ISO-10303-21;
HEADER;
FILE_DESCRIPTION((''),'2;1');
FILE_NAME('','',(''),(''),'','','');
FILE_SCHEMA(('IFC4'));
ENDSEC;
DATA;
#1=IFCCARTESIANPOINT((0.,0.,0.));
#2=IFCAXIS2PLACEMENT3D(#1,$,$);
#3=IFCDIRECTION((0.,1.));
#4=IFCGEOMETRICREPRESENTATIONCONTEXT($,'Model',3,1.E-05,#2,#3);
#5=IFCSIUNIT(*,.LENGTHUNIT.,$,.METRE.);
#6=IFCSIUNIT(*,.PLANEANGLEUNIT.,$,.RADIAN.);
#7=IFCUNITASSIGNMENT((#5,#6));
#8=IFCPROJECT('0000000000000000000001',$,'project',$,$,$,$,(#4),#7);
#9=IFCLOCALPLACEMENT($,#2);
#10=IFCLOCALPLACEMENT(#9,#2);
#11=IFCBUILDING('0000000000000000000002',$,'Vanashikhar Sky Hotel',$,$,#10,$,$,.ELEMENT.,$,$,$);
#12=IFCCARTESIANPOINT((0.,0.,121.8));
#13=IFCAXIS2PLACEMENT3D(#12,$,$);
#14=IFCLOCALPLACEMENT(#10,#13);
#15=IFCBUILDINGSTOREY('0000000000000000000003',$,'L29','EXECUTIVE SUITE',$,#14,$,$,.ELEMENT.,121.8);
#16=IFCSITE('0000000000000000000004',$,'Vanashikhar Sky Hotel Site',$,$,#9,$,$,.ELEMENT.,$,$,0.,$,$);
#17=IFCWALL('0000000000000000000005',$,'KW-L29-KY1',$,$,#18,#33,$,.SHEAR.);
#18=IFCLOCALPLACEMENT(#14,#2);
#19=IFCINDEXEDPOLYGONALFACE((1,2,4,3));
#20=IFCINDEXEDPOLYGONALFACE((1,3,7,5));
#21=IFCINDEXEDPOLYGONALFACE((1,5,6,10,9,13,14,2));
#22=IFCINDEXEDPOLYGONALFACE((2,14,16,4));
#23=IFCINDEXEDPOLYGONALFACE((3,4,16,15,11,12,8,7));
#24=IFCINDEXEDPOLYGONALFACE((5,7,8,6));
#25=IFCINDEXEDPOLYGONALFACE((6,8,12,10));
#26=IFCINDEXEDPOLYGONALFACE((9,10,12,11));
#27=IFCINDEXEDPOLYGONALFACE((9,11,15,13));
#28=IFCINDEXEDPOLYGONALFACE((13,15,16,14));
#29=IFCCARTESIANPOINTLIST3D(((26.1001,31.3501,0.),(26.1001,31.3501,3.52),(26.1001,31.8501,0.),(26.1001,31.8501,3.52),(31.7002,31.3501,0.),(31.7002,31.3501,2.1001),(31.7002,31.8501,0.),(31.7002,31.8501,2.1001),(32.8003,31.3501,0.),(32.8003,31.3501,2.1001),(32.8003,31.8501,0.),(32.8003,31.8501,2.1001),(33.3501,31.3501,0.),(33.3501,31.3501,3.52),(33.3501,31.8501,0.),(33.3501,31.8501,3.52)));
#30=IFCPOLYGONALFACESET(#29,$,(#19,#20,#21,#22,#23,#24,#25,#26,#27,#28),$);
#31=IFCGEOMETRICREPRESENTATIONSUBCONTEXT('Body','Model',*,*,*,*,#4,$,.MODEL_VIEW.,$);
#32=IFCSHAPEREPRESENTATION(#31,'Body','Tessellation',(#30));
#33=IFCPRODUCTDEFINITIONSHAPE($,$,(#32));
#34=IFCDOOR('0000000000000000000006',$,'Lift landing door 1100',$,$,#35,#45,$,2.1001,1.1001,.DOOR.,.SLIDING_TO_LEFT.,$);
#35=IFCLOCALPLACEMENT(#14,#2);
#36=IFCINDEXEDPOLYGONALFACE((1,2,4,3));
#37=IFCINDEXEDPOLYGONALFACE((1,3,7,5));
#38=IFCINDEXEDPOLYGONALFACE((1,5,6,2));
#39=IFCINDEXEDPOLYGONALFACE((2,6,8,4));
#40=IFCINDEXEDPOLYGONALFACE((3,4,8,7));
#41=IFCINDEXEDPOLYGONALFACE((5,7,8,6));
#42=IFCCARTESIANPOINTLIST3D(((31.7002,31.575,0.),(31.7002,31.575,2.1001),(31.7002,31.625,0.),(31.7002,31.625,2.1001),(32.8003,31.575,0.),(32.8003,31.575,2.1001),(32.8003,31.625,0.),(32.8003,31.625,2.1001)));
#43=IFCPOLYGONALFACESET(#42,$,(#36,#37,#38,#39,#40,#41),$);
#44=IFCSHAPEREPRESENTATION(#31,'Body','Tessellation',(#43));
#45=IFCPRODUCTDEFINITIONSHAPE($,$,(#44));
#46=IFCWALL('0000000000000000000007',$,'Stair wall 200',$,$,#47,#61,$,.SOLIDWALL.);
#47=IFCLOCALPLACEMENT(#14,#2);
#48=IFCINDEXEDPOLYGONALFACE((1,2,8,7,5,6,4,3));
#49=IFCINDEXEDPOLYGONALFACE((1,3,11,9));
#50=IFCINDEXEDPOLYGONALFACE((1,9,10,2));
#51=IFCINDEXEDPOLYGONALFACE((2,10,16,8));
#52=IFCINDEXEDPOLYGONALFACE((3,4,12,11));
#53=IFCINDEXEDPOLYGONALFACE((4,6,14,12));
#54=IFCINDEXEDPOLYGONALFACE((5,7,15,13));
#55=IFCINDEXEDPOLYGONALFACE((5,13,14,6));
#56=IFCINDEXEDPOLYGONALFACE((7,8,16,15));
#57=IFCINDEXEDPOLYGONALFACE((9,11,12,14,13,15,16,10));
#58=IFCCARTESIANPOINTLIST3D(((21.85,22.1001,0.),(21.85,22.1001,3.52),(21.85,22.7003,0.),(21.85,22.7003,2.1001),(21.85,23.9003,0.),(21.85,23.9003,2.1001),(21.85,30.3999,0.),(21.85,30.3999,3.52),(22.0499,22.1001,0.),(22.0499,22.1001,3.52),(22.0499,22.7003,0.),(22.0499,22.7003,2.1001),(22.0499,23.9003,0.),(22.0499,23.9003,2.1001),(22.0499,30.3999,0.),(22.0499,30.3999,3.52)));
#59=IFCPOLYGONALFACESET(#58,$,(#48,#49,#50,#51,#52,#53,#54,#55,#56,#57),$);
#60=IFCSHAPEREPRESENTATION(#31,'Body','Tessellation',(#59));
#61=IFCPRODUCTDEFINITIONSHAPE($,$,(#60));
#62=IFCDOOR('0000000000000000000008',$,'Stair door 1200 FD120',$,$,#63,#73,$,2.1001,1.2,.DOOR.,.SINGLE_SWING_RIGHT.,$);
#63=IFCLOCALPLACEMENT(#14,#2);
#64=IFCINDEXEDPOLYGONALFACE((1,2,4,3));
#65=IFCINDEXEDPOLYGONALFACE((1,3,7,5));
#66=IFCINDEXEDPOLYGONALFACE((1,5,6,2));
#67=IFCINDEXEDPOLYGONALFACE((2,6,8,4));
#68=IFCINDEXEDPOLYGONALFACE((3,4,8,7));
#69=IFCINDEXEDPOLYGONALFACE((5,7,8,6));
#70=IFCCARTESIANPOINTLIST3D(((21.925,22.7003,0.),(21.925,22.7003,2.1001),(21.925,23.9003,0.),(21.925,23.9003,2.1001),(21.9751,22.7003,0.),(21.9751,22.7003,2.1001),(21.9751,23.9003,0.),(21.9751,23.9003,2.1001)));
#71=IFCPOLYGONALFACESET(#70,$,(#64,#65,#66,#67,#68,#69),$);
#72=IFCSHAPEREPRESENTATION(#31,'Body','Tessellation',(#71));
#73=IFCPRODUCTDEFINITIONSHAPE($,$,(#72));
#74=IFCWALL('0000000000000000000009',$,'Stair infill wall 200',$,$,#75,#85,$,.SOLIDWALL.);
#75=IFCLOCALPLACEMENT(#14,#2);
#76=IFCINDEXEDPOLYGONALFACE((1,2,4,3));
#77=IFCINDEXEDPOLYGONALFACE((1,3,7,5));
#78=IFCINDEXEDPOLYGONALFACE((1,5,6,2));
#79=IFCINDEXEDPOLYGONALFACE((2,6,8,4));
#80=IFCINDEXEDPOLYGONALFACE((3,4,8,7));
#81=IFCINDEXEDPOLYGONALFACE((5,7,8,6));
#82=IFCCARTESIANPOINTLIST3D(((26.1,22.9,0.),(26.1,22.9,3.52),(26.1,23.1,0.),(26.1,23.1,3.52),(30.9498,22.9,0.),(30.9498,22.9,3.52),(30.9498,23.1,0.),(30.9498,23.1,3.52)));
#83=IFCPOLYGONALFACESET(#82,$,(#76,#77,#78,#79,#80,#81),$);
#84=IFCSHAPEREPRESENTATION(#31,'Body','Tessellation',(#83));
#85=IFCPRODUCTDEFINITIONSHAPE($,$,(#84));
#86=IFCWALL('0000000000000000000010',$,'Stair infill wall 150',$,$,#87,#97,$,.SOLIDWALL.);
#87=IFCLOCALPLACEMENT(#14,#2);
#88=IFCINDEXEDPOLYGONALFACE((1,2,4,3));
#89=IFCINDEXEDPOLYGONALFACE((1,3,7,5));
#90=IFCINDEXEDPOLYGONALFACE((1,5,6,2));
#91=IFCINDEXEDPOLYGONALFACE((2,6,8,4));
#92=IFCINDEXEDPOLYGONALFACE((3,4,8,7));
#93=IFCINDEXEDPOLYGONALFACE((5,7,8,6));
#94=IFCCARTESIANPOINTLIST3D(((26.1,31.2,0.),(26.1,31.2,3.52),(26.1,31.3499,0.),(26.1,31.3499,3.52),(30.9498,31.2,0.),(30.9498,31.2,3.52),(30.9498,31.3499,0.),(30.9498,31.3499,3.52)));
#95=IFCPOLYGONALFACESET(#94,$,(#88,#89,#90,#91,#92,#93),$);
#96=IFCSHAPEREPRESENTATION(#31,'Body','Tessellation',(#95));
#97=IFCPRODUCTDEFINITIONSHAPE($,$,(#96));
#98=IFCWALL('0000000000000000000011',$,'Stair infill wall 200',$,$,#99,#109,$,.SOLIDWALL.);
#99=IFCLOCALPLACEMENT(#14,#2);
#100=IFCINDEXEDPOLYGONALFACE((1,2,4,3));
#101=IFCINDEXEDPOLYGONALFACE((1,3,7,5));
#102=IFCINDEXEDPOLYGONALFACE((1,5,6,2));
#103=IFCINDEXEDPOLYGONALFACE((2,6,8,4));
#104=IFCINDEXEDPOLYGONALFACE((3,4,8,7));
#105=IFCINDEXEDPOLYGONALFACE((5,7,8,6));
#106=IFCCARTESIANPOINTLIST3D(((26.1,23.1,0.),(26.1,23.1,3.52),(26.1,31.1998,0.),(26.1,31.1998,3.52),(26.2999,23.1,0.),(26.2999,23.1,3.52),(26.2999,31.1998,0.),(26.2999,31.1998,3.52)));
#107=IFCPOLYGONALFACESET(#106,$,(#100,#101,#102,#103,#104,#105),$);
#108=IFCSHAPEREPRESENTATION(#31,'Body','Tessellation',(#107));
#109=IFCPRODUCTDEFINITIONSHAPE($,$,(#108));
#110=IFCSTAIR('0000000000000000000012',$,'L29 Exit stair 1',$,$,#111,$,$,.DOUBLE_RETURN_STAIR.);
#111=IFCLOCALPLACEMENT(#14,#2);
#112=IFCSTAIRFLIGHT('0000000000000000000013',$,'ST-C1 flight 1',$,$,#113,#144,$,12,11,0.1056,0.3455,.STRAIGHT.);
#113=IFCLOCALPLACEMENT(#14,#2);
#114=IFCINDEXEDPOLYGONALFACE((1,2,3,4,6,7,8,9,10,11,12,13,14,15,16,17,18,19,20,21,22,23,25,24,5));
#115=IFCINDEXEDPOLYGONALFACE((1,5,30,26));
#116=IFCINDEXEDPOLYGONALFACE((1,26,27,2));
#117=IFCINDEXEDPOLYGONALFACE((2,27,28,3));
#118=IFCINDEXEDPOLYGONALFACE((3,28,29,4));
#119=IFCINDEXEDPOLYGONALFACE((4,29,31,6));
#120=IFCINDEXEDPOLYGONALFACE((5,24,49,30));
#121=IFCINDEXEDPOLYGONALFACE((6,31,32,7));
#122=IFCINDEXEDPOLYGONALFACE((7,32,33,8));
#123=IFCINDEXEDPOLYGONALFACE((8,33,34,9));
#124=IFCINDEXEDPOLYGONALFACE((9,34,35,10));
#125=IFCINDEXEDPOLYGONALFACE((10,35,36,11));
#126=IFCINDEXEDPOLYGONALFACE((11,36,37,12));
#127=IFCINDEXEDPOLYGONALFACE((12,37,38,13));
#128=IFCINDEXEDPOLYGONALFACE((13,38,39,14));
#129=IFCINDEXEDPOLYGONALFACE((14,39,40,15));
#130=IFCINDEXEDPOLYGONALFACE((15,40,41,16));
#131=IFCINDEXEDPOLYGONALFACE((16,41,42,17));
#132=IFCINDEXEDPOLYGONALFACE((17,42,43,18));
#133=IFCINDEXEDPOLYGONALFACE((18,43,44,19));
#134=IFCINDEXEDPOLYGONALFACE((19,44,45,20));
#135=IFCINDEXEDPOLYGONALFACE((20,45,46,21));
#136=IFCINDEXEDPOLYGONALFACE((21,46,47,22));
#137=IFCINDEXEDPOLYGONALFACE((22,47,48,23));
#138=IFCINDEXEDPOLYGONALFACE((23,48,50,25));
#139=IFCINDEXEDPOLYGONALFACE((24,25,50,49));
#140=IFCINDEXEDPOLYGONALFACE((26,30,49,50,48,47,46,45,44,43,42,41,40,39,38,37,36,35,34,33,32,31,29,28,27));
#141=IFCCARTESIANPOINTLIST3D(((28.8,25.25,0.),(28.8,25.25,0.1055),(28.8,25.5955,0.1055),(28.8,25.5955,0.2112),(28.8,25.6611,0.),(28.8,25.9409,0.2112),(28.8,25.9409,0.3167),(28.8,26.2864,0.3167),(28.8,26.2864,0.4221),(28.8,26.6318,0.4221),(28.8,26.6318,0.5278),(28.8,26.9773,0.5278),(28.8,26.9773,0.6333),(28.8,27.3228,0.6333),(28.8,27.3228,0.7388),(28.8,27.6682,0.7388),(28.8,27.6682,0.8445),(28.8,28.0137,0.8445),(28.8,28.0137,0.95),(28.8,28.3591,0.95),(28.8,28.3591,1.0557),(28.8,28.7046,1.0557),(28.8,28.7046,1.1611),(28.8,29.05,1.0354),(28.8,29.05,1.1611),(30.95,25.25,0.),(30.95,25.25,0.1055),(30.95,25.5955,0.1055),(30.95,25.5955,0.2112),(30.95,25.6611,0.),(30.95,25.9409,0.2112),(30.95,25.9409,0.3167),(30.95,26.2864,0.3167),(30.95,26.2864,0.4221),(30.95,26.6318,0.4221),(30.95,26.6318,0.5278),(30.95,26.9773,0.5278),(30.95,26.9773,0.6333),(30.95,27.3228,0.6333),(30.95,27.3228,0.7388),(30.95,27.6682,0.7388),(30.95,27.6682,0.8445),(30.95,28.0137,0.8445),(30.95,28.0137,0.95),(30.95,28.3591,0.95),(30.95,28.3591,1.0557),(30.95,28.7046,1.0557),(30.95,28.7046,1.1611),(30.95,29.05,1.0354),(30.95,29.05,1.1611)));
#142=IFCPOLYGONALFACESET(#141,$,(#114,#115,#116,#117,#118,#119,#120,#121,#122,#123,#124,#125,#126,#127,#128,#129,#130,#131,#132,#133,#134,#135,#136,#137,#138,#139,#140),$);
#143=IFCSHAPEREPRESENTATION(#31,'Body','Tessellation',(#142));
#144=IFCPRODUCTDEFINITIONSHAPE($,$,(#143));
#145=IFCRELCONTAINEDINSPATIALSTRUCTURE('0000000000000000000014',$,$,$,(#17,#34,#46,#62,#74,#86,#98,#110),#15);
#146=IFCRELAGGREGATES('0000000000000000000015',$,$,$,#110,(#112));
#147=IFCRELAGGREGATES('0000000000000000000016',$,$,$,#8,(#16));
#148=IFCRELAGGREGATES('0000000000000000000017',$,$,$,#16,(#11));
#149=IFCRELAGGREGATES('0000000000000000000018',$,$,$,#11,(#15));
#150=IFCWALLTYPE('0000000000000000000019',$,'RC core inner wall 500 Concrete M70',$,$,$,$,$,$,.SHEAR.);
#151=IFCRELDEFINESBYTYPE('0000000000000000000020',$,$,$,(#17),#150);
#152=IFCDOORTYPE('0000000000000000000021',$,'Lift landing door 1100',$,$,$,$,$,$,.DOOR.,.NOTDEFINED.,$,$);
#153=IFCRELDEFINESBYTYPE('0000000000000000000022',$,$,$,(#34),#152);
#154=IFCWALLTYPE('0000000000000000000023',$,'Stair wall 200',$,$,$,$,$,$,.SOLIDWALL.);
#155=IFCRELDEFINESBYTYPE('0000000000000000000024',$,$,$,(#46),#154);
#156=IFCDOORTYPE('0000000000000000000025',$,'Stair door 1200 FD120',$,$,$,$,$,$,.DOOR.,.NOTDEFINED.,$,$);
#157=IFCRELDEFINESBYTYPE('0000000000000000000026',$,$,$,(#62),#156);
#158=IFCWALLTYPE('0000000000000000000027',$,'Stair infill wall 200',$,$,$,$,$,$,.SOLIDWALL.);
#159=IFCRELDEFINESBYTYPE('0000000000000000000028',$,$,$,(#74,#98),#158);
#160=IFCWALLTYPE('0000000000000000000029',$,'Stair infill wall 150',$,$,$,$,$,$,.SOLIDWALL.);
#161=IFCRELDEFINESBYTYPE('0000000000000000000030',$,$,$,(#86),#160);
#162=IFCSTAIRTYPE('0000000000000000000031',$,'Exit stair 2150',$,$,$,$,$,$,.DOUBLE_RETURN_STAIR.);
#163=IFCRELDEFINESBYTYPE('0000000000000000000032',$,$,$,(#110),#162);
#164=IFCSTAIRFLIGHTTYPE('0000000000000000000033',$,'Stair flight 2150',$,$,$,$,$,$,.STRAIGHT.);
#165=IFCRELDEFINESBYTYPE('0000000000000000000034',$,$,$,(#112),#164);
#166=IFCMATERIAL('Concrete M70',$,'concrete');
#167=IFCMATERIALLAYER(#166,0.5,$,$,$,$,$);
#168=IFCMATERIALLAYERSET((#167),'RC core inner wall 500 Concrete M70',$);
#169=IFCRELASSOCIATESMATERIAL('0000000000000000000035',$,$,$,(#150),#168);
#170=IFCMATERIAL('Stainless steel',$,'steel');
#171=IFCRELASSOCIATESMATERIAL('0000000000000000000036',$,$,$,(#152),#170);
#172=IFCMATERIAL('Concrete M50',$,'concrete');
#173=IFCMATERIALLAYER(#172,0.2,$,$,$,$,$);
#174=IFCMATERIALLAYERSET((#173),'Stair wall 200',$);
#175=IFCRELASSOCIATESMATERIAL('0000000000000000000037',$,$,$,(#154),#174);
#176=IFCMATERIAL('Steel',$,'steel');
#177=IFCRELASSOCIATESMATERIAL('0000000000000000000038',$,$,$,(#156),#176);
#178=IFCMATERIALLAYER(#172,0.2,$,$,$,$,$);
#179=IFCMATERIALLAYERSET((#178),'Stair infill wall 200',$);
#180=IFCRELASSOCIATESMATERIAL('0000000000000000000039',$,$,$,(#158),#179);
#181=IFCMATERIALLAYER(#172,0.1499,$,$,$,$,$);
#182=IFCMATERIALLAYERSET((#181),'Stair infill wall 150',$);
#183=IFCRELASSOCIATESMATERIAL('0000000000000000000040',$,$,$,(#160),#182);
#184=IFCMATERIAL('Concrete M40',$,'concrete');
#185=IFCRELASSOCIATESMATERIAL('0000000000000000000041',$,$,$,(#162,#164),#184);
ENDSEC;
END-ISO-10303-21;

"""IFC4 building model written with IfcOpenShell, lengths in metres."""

from ifc_helpers import new_model, si_unit, direction, frame, frame_2d, origin, place, context, subcontext, project, spatial, polyline, rectangle, outline, extrude, source, transform, mapped, material, layer, layer_set, type_object, element, fill, aggregate, save


model = new_model("IFC4")

# Units and contexts
model_context = context("Model", 3, precision=1e-05, world=origin(), true_north=direction((0.0, 1.0)))
body_context = subcontext(model_context, "Body", "Model", "MODEL_VIEW")
ifc_project = project(units=[si_unit("LENGTHUNIT", "METRE"), si_unit("PLANEANGLEUNIT", "RADIAN")], contexts=[model_context])

# Site, building, storey
site_placement = place(None, origin())
site = spatial("IfcSite", under=ifc_project, at=site_placement, Name="Vanashikhar Sky Hotel Site", CompositionType="ELEMENT", RefElevation=0.0)
building_placement = place(site_placement, origin())
building = spatial("IfcBuilding", under=site, at=building_placement, Name="Vanashikhar Sky Hotel", CompositionType="ELEMENT")
storey_placement = place(building_placement, frame((0.0, 0.0, 121.8)))
storey = spatial("IfcBuildingStorey", under=building, at=storey_placement, Name="L29", Description="EXECUTIVE SUITE", CompositionType="ELEMENT", Elevation=121.8)

# Shared definitions
ifc_material_1 = material(Name="Concrete M70", Category="concrete")
ifc_material_2 = material(Name="Steel", Category="steel")

# Walls, openings, doors
ifc_layer_1 = layer(ifc_material_1, 0.5)
ifc_layer_set_1 = layer_set([ifc_layer_1], Name="RC core inner wall 500 Concrete M70")
wall_type_1 = type_object("IfcWallType", Name="RC core inner wall 500 Concrete M70", PredefinedType="SHEAR", material=ifc_layer_set_1)
shared_shape_1 = source(origin(), body_context, "Body", "SweptSolid", [
    extrude(rectangle(XDim=7.25, YDim=0.5, at=frame_2d((3.625, 0.0))), origin(), (0.0, 0.0, 1.0), 3.52),
])
wall_1_placement = place(storey_placement, frame((26.1001, 31.6001, 0.0), z_axis=(0.0, 0.0, 1.0), x_axis=(1.0, 0.0, 0.0)))
wall_1 = element("IfcWall", 1, at=wall_1_placement, inside=storey, type_object=wall_type_1, Name="KW-L29-KY1", PredefinedType="SHEAR", context=body_context, shape_type="MappedRepresentation", body=[
    mapped(shared_shape_1, transform((0.0, 0.0, 0.0), scale=1.0)),
])
shared_shape_2 = source(origin(), body_context, "Body", "SweptSolid", [
    extrude(rectangle(XDim=1.1001, YDim=2.1001, at=frame_2d((0.55, 1.05))), frame((0.0, 0.26, 0.0), z_axis=(0.0, -1.0, 0.0), x_axis=(1.0, 0.0, 0.0)), (0.0, 0.0, 1.0), 0.52),
])
opening_1_placement = place(wall_1_placement, frame((5.6001, 0.0, 0.0)))
opening_1 = element("IfcOpeningElement", 2, at=opening_1_placement, cuts=wall_1, PredefinedType="OPENING", context=body_context, shape_type="MappedRepresentation", body=[
    mapped(shared_shape_2, transform((0.0, 0.0, 0.0), scale=1.0)),
])
ifc_material_3 = material(Name="Stainless steel", Category="steel")
door_type_1 = type_object("IfcDoorType", Name="Lift landing door 1100", OperationType="NOTDEFINED", PredefinedType="DOOR", material=ifc_material_3)
shared_shape_3 = source(origin(), body_context, "Body", "SweptSolid", [
    extrude(rectangle(XDim=1.1001, YDim=2.1001, at=frame_2d((0.55, 1.05))), frame((0.0, 0.0249, 0.0), z_axis=(0.0, -1.0, 0.0), x_axis=(1.0, 0.0, 0.0)), (0.0, 0.0, 1.0), 0.05),
])
door_1_placement = place(opening_1_placement, origin())
door_1 = element("IfcDoor", 3, at=door_1_placement, inside=storey, type_object=door_type_1, Name="Lift landing door 1100", OperationType="SLIDING_TO_LEFT", OverallHeight=2.1001, OverallWidth=1.1001, PredefinedType="DOOR", context=body_context, shape_type="MappedRepresentation", body=[
    mapped(shared_shape_3, transform((0.0, 0.0, 0.0), scale=1.0)),
])
fill(opening_1, door_1)
ifc_material_4 = material(Name="Concrete M50", Category="concrete")
ifc_layer_2 = layer(ifc_material_4, 0.2)
ifc_layer_set_2 = layer_set([ifc_layer_2], Name="Stair wall 200")
wall_type_2 = type_object("IfcWallType", Name="Stair wall 200", PredefinedType="SOLIDWALL", material=ifc_layer_set_2)
shared_shape_4 = source(origin(), body_context, "Body", "SweptSolid", [
    extrude(rectangle(XDim=8.2998, YDim=0.2, at=frame_2d((4.1499, 0.0))), origin(), (0.0, 0.0, 1.0), 3.52),
])
wall_2_placement = place(storey_placement, frame((21.95, 22.1001, 0.0), z_axis=(0.0, 0.0, 1.0), x_axis=(0.0, 1.0, 0.0)))
wall_2 = element("IfcWall", 4, at=wall_2_placement, inside=storey, type_object=wall_type_2, Name="Stair wall 200", PredefinedType="SOLIDWALL", context=body_context, shape_type="MappedRepresentation", body=[
    mapped(shared_shape_4, transform((0.0, 0.0, 0.0), scale=1.0)),
])
shared_shape_5 = source(origin(), body_context, "Body", "SweptSolid", [
    extrude(rectangle(XDim=1.2, YDim=2.1001, at=frame_2d((0.6001, 1.05))), frame((0.0, 0.1099, 0.0), z_axis=(0.0, -1.0, 0.0), x_axis=(1.0, 0.0, 0.0)), (0.0, 0.0, 1.0), 0.22),
])
opening_2_placement = place(wall_2_placement, frame((0.6001, 0.0, 0.0)))
opening_2 = element("IfcOpeningElement", 5, at=opening_2_placement, cuts=wall_2, PredefinedType="OPENING", context=body_context, shape_type="MappedRepresentation", body=[
    mapped(shared_shape_5, transform((0.0, 0.0, 0.0), scale=1.0)),
])
door_type_2 = type_object("IfcDoorType", Name="Stair door 1200 FD120", OperationType="NOTDEFINED", PredefinedType="DOOR", material=ifc_material_2)
shared_shape_6 = source(origin(), body_context, "Body", "SweptSolid", [
    extrude(rectangle(XDim=1.2, YDim=2.1001, at=frame_2d((0.6001, 1.05))), frame((0.0, 0.0249, 0.0), z_axis=(0.0, -1.0, 0.0), x_axis=(1.0, 0.0, 0.0)), (0.0, 0.0, 1.0), 0.05),
])
door_2_placement = place(opening_2_placement, origin())
door_2 = element("IfcDoor", 6, at=door_2_placement, inside=storey, type_object=door_type_2, Name="Stair door 1200 FD120", OperationType="SINGLE_SWING_RIGHT", OverallHeight=2.1001, OverallWidth=1.2, PredefinedType="DOOR", context=body_context, shape_type="MappedRepresentation", body=[
    mapped(shared_shape_6, transform((0.0, 0.0, 0.0), scale=1.0)),
])
fill(opening_2, door_2)

# Walls
ifc_layer_3 = layer(ifc_material_4, 0.2)
ifc_layer_set_3 = layer_set([ifc_layer_3], Name="Stair infill wall 200")
wall_type_3 = type_object("IfcWallType", Name="Stair infill wall 200", PredefinedType="SOLIDWALL", material=ifc_layer_set_3)
shared_shape_7 = source(origin(), body_context, "Body", "SweptSolid", [
    extrude(rectangle(XDim=4.8499, YDim=0.2, at=frame_2d((2.4248, 0.0))), origin(), (0.0, 0.0, 1.0), 3.52),
])
wall_3_placement = place(storey_placement, frame((26.1001, 23.0, 0.0), z_axis=(0.0, 0.0, 1.0), x_axis=(1.0, 0.0, 0.0)))
element("IfcWall", 7, at=wall_3_placement, inside=storey, type_object=wall_type_3, Name="Stair infill wall 200", PredefinedType="SOLIDWALL", context=body_context, shape_type="MappedRepresentation", body=[
    mapped(shared_shape_7, transform((0.0, 0.0, 0.0), scale=1.0)),
])
ifc_layer_4 = layer(ifc_material_4, 0.1499)
ifc_layer_set_4 = layer_set([ifc_layer_4], Name="Stair infill wall 150")
wall_type_4 = type_object("IfcWallType", Name="Stair infill wall 150", PredefinedType="SOLIDWALL", material=ifc_layer_set_4)
shared_shape_8 = source(origin(), body_context, "Body", "SweptSolid", [
    extrude(rectangle(XDim=4.8499, YDim=0.1499, at=frame_2d((2.4248, 0.0))), origin(), (0.0, 0.0, 1.0), 3.52),
])
wall_4_placement = place(storey_placement, frame((26.1001, 31.2749, 0.0), z_axis=(0.0, 0.0, 1.0), x_axis=(1.0, 0.0, 0.0)))
element("IfcWall", 8, at=wall_4_placement, inside=storey, type_object=wall_type_4, Name="Stair infill wall 150", PredefinedType="SOLIDWALL", context=body_context, shape_type="MappedRepresentation", body=[
    mapped(shared_shape_8, transform((0.0, 0.0, 0.0), scale=1.0)),
])
shared_shape_9 = source(origin(), body_context, "Body", "SweptSolid", [
    extrude(rectangle(XDim=8.0999, YDim=0.2, at=frame_2d((4.0498, 0.0))), origin(), (0.0, 0.0, 1.0), 3.52),
])
wall_5_placement = place(storey_placement, frame((26.2, 23.1001, 0.0), z_axis=(0.0, 0.0, 1.0), x_axis=(0.0, 1.0, 0.0)))
element("IfcWall", 9, at=wall_5_placement, inside=storey, type_object=wall_type_3, Name="Stair infill wall 200", PredefinedType="SOLIDWALL", context=body_context, shape_type="MappedRepresentation", body=[
    mapped(shared_shape_9, transform((0.0, 0.0, 0.0), scale=1.0)),
])

# Stair, stair flight
ifc_material_5 = material(Name="Concrete M40", Category="concrete")
stair_type = type_object("IfcStairType", Name="Exit stair 2150", PredefinedType="DOUBLE_RETURN_STAIR", material=ifc_material_5)
stair_placement = place(storey_placement, origin())
stair = element("IfcStair", 10, at=stair_placement, inside=storey, type_object=stair_type, Name="L29 Exit stair 1", PredefinedType="DOUBLE_RETURN_STAIR")
stair_flight_type = type_object("IfcStairFlightType", Name="Stair flight 2150", PredefinedType="STRAIGHT", material=ifc_material_5)
shared_shape_10 = source(origin(), body_context, "Body", "SweptSolid", [
    extrude(outline(polyline([(0.0, 0.0), (0.0, 0.1055), (0.3455, 0.1055), (0.3455, 0.2112), (0.6909, 0.2112), (0.6909, 0.3167), (1.0364, 0.3167), (1.0364, 0.4221), (1.3818, 0.4221), (1.3818, 0.5278), (1.7273, 0.5278), (1.7273, 0.6333), (2.0728, 0.6333), (2.0728, 0.7388), (2.4182, 0.7388), (2.4182, 0.8445), (2.7637, 0.8445), (2.7637, 0.95), (3.1091, 0.95), (3.1091, 1.0557), (3.4546, 1.0557), (3.4546, 1.1611), (3.8, 1.1611), (3.8, 1.2666), (3.8, 1.0354), (0.4111, 0.0), (0.0, 0.0)])), frame((0.0, 1.075, 0.0), z_axis=(0.0, -1.0, 0.0), x_axis=(1.0, 0.0, 0.0)), (0.0, 0.0, 1.0), 2.1499),
])
stair_flight_1_placement = place(storey_placement, frame((29.875, 25.25, 0.0), z_axis=(0.0, 0.0, 1.0), x_axis=(0.0, 1.0, 0.0)))
stair_flight_1 = element("IfcStairFlight", 11, at=stair_flight_1_placement, type_object=stair_flight_type, Name="ST-C1 flight 1", NumberOfRisers=12, NumberOfTreads=11, PredefinedType="STRAIGHT", RiserHeight=0.1056, TreadLength=0.3455, context=body_context, shape_type="MappedRepresentation", body=[
    mapped(shared_shape_10, transform((0.0, 0.0, 0.0), scale=1.0)),
])
aggregate(stair, [stair_flight_1])

save(model, "model.ifc")
